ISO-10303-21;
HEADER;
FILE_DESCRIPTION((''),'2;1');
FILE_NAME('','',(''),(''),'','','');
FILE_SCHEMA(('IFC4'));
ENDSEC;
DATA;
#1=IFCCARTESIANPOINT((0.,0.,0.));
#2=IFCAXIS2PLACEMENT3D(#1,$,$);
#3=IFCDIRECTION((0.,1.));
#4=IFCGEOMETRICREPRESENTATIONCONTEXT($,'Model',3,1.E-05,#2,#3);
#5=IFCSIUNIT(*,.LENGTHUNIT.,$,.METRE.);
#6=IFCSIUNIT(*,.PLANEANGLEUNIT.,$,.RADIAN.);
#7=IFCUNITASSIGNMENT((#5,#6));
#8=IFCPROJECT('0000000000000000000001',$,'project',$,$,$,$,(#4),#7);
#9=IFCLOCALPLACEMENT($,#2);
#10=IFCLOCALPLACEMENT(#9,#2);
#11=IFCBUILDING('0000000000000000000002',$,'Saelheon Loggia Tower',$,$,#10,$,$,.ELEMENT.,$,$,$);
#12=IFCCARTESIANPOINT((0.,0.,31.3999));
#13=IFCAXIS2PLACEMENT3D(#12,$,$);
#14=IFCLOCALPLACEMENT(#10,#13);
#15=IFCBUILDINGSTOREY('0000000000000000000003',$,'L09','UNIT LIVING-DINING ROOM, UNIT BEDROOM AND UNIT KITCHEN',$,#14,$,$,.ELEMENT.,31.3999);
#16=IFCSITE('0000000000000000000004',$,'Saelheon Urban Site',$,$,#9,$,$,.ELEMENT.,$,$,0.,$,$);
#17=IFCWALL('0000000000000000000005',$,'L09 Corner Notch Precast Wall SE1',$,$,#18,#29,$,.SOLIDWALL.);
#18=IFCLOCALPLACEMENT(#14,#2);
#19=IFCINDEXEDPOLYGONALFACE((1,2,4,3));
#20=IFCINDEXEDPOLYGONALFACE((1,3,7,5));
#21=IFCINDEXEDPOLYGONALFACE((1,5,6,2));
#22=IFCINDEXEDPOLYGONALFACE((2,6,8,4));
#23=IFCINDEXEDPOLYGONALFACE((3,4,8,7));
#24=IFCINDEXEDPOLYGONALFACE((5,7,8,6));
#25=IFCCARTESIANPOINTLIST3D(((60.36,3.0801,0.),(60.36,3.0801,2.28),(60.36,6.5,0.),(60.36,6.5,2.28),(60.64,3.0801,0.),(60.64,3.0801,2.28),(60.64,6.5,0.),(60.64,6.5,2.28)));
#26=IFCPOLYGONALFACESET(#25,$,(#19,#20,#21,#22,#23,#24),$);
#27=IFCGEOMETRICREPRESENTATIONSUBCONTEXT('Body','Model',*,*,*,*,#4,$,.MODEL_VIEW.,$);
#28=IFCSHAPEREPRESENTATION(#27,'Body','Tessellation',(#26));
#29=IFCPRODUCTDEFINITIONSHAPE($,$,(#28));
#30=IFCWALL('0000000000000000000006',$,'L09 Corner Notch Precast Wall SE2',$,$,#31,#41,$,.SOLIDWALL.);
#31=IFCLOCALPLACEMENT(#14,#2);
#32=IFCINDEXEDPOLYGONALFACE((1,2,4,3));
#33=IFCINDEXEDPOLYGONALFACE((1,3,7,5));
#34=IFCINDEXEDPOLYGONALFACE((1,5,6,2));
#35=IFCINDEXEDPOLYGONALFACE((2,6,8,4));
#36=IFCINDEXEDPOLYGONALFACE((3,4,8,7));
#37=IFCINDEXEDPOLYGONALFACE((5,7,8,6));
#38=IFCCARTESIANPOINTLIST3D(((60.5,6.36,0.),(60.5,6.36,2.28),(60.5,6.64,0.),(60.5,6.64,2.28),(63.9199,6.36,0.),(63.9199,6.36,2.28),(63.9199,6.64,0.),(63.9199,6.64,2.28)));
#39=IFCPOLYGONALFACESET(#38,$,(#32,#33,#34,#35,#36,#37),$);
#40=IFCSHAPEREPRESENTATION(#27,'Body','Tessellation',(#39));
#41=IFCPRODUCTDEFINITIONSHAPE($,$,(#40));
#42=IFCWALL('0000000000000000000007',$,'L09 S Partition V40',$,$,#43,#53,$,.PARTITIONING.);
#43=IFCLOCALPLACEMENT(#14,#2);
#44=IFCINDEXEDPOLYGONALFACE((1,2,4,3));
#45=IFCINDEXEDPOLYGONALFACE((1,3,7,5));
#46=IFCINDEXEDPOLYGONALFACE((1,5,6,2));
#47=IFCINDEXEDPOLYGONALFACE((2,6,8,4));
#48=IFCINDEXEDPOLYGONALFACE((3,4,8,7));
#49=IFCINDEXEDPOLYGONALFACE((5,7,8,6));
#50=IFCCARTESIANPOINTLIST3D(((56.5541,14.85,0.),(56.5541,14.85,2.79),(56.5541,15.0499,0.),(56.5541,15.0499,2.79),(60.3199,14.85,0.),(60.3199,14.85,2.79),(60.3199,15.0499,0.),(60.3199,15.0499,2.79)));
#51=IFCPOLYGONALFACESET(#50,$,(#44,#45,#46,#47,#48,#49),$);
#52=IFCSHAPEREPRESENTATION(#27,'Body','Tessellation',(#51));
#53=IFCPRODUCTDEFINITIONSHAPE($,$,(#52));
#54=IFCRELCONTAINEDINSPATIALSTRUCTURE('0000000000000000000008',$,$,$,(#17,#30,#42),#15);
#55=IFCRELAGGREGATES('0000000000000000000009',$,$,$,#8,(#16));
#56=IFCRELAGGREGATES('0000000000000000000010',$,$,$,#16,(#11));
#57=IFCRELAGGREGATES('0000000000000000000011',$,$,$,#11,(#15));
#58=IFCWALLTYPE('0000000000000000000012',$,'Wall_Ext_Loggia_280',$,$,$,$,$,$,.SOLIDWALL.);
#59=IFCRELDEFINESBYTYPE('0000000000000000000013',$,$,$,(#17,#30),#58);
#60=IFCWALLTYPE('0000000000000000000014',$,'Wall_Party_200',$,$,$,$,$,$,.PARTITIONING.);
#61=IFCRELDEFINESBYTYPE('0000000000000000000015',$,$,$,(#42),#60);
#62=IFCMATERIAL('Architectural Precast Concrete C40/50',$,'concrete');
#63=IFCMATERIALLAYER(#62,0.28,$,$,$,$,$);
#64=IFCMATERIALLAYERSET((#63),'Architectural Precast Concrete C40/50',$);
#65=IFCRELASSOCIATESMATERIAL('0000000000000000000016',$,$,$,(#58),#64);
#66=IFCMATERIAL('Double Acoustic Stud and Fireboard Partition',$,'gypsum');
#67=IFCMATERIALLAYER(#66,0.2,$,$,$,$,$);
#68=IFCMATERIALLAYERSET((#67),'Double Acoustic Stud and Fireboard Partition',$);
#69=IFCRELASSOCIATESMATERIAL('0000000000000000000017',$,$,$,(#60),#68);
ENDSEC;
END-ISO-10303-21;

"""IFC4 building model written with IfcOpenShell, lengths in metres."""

from ifc_helpers import new_model, si_unit, direction, frame, frame_2d, origin, place, context, subcontext, project, spatial, rectangle, extrude, material, layer, layer_set, type_object, element, save


model = new_model("IFC4")

# Units and contexts
model_context = context("Model", 3, precision=1e-05, world=origin(), true_north=direction((0.0, 1.0)))
body_context = subcontext(model_context, "Body", "Model", "MODEL_VIEW")
ifc_project = project(units=[si_unit("LENGTHUNIT", "METRE"), si_unit("PLANEANGLEUNIT", "RADIAN")], contexts=[model_context])

# Site, building, storey
site_placement = place(None, origin())
site = spatial("IfcSite", under=ifc_project, at=site_placement, Name="Saelheon Urban Site", CompositionType="ELEMENT", RefElevation=0.0)
building_placement = place(site_placement, origin())
building = spatial("IfcBuilding", under=site, at=building_placement, Name="Saelheon Loggia Tower", CompositionType="ELEMENT")
storey_placement = place(building_placement, frame((0.0, 0.0, 31.3999)))
storey = spatial("IfcBuildingStorey", under=building, at=storey_placement, Name="L09", Description="UNIT LIVING-DINING ROOM, UNIT BEDROOM AND UNIT KITCHEN", CompositionType="ELEMENT", Elevation=31.3999)

# Shared definitions
ifc_material_1 = material(Name="Architectural Precast Concrete C40/50", Category="concrete")
ifc_layer_1 = layer(ifc_material_1, 0.28)
ifc_layer_set_1 = layer_set([ifc_layer_1], Name="Architectural Precast Concrete C40/50")
wall_type_1 = type_object("IfcWallType", Name="Wall_Ext_Loggia_280", PredefinedType="SOLIDWALL", material=ifc_layer_set_1)

# Walls
for number, where, z_axis, x_axis, name in (
    (1, (60.5, 3.0801, 0.0), (0.0, 0.0, 1.0), (0.0, 1.0, 0.0), "L09 Corner Notch Precast Wall SE1"),
    (2, (60.5, 6.5, 0.0), (0.0, 0.0, 1.0), (1.0, 0.0, 0.0), "L09 Corner Notch Precast Wall SE2"),
):
    element("IfcWall", number, at=place(storey_placement, frame(where, z_axis=z_axis, x_axis=x_axis)), inside=storey, type_object=wall_type_1, Name=name, PredefinedType="SOLIDWALL", context=body_context, shape_type="SweptSolid", body=[
        extrude(rectangle(XDim=3.4199, YDim=0.28, at=frame_2d((1.71, 0.0))), origin(), (0.0, 0.0, 1.0), 2.28),
    ])
ifc_material_2 = material(Name="Double Acoustic Stud and Fireboard Partition", Category="gypsum")
ifc_layer_2 = layer(ifc_material_2, 0.2)
ifc_layer_set_2 = layer_set([ifc_layer_2], Name="Double Acoustic Stud and Fireboard Partition")
wall_type_2 = type_object("IfcWallType", Name="Wall_Party_200", PredefinedType="PARTITIONING", material=ifc_layer_set_2)
wall_1_placement = place(storey_placement, frame((56.5542, 14.95, 0.0), z_axis=(0.0, 0.0, 1.0), x_axis=(1.0, 0.0, 0.0)))
element("IfcWall", 3, at=wall_1_placement, inside=storey, type_object=wall_type_2, Name="L09 S Partition V40", PredefinedType="PARTITIONING", context=body_context, shape_type="SweptSolid", body=[
    extrude(rectangle(XDim=3.7659, YDim=0.2, at=frame_2d((1.8828, 0.0))), origin(), (0.0, 0.0, 1.0), 2.79),
])

save(model, "model.ifc")
